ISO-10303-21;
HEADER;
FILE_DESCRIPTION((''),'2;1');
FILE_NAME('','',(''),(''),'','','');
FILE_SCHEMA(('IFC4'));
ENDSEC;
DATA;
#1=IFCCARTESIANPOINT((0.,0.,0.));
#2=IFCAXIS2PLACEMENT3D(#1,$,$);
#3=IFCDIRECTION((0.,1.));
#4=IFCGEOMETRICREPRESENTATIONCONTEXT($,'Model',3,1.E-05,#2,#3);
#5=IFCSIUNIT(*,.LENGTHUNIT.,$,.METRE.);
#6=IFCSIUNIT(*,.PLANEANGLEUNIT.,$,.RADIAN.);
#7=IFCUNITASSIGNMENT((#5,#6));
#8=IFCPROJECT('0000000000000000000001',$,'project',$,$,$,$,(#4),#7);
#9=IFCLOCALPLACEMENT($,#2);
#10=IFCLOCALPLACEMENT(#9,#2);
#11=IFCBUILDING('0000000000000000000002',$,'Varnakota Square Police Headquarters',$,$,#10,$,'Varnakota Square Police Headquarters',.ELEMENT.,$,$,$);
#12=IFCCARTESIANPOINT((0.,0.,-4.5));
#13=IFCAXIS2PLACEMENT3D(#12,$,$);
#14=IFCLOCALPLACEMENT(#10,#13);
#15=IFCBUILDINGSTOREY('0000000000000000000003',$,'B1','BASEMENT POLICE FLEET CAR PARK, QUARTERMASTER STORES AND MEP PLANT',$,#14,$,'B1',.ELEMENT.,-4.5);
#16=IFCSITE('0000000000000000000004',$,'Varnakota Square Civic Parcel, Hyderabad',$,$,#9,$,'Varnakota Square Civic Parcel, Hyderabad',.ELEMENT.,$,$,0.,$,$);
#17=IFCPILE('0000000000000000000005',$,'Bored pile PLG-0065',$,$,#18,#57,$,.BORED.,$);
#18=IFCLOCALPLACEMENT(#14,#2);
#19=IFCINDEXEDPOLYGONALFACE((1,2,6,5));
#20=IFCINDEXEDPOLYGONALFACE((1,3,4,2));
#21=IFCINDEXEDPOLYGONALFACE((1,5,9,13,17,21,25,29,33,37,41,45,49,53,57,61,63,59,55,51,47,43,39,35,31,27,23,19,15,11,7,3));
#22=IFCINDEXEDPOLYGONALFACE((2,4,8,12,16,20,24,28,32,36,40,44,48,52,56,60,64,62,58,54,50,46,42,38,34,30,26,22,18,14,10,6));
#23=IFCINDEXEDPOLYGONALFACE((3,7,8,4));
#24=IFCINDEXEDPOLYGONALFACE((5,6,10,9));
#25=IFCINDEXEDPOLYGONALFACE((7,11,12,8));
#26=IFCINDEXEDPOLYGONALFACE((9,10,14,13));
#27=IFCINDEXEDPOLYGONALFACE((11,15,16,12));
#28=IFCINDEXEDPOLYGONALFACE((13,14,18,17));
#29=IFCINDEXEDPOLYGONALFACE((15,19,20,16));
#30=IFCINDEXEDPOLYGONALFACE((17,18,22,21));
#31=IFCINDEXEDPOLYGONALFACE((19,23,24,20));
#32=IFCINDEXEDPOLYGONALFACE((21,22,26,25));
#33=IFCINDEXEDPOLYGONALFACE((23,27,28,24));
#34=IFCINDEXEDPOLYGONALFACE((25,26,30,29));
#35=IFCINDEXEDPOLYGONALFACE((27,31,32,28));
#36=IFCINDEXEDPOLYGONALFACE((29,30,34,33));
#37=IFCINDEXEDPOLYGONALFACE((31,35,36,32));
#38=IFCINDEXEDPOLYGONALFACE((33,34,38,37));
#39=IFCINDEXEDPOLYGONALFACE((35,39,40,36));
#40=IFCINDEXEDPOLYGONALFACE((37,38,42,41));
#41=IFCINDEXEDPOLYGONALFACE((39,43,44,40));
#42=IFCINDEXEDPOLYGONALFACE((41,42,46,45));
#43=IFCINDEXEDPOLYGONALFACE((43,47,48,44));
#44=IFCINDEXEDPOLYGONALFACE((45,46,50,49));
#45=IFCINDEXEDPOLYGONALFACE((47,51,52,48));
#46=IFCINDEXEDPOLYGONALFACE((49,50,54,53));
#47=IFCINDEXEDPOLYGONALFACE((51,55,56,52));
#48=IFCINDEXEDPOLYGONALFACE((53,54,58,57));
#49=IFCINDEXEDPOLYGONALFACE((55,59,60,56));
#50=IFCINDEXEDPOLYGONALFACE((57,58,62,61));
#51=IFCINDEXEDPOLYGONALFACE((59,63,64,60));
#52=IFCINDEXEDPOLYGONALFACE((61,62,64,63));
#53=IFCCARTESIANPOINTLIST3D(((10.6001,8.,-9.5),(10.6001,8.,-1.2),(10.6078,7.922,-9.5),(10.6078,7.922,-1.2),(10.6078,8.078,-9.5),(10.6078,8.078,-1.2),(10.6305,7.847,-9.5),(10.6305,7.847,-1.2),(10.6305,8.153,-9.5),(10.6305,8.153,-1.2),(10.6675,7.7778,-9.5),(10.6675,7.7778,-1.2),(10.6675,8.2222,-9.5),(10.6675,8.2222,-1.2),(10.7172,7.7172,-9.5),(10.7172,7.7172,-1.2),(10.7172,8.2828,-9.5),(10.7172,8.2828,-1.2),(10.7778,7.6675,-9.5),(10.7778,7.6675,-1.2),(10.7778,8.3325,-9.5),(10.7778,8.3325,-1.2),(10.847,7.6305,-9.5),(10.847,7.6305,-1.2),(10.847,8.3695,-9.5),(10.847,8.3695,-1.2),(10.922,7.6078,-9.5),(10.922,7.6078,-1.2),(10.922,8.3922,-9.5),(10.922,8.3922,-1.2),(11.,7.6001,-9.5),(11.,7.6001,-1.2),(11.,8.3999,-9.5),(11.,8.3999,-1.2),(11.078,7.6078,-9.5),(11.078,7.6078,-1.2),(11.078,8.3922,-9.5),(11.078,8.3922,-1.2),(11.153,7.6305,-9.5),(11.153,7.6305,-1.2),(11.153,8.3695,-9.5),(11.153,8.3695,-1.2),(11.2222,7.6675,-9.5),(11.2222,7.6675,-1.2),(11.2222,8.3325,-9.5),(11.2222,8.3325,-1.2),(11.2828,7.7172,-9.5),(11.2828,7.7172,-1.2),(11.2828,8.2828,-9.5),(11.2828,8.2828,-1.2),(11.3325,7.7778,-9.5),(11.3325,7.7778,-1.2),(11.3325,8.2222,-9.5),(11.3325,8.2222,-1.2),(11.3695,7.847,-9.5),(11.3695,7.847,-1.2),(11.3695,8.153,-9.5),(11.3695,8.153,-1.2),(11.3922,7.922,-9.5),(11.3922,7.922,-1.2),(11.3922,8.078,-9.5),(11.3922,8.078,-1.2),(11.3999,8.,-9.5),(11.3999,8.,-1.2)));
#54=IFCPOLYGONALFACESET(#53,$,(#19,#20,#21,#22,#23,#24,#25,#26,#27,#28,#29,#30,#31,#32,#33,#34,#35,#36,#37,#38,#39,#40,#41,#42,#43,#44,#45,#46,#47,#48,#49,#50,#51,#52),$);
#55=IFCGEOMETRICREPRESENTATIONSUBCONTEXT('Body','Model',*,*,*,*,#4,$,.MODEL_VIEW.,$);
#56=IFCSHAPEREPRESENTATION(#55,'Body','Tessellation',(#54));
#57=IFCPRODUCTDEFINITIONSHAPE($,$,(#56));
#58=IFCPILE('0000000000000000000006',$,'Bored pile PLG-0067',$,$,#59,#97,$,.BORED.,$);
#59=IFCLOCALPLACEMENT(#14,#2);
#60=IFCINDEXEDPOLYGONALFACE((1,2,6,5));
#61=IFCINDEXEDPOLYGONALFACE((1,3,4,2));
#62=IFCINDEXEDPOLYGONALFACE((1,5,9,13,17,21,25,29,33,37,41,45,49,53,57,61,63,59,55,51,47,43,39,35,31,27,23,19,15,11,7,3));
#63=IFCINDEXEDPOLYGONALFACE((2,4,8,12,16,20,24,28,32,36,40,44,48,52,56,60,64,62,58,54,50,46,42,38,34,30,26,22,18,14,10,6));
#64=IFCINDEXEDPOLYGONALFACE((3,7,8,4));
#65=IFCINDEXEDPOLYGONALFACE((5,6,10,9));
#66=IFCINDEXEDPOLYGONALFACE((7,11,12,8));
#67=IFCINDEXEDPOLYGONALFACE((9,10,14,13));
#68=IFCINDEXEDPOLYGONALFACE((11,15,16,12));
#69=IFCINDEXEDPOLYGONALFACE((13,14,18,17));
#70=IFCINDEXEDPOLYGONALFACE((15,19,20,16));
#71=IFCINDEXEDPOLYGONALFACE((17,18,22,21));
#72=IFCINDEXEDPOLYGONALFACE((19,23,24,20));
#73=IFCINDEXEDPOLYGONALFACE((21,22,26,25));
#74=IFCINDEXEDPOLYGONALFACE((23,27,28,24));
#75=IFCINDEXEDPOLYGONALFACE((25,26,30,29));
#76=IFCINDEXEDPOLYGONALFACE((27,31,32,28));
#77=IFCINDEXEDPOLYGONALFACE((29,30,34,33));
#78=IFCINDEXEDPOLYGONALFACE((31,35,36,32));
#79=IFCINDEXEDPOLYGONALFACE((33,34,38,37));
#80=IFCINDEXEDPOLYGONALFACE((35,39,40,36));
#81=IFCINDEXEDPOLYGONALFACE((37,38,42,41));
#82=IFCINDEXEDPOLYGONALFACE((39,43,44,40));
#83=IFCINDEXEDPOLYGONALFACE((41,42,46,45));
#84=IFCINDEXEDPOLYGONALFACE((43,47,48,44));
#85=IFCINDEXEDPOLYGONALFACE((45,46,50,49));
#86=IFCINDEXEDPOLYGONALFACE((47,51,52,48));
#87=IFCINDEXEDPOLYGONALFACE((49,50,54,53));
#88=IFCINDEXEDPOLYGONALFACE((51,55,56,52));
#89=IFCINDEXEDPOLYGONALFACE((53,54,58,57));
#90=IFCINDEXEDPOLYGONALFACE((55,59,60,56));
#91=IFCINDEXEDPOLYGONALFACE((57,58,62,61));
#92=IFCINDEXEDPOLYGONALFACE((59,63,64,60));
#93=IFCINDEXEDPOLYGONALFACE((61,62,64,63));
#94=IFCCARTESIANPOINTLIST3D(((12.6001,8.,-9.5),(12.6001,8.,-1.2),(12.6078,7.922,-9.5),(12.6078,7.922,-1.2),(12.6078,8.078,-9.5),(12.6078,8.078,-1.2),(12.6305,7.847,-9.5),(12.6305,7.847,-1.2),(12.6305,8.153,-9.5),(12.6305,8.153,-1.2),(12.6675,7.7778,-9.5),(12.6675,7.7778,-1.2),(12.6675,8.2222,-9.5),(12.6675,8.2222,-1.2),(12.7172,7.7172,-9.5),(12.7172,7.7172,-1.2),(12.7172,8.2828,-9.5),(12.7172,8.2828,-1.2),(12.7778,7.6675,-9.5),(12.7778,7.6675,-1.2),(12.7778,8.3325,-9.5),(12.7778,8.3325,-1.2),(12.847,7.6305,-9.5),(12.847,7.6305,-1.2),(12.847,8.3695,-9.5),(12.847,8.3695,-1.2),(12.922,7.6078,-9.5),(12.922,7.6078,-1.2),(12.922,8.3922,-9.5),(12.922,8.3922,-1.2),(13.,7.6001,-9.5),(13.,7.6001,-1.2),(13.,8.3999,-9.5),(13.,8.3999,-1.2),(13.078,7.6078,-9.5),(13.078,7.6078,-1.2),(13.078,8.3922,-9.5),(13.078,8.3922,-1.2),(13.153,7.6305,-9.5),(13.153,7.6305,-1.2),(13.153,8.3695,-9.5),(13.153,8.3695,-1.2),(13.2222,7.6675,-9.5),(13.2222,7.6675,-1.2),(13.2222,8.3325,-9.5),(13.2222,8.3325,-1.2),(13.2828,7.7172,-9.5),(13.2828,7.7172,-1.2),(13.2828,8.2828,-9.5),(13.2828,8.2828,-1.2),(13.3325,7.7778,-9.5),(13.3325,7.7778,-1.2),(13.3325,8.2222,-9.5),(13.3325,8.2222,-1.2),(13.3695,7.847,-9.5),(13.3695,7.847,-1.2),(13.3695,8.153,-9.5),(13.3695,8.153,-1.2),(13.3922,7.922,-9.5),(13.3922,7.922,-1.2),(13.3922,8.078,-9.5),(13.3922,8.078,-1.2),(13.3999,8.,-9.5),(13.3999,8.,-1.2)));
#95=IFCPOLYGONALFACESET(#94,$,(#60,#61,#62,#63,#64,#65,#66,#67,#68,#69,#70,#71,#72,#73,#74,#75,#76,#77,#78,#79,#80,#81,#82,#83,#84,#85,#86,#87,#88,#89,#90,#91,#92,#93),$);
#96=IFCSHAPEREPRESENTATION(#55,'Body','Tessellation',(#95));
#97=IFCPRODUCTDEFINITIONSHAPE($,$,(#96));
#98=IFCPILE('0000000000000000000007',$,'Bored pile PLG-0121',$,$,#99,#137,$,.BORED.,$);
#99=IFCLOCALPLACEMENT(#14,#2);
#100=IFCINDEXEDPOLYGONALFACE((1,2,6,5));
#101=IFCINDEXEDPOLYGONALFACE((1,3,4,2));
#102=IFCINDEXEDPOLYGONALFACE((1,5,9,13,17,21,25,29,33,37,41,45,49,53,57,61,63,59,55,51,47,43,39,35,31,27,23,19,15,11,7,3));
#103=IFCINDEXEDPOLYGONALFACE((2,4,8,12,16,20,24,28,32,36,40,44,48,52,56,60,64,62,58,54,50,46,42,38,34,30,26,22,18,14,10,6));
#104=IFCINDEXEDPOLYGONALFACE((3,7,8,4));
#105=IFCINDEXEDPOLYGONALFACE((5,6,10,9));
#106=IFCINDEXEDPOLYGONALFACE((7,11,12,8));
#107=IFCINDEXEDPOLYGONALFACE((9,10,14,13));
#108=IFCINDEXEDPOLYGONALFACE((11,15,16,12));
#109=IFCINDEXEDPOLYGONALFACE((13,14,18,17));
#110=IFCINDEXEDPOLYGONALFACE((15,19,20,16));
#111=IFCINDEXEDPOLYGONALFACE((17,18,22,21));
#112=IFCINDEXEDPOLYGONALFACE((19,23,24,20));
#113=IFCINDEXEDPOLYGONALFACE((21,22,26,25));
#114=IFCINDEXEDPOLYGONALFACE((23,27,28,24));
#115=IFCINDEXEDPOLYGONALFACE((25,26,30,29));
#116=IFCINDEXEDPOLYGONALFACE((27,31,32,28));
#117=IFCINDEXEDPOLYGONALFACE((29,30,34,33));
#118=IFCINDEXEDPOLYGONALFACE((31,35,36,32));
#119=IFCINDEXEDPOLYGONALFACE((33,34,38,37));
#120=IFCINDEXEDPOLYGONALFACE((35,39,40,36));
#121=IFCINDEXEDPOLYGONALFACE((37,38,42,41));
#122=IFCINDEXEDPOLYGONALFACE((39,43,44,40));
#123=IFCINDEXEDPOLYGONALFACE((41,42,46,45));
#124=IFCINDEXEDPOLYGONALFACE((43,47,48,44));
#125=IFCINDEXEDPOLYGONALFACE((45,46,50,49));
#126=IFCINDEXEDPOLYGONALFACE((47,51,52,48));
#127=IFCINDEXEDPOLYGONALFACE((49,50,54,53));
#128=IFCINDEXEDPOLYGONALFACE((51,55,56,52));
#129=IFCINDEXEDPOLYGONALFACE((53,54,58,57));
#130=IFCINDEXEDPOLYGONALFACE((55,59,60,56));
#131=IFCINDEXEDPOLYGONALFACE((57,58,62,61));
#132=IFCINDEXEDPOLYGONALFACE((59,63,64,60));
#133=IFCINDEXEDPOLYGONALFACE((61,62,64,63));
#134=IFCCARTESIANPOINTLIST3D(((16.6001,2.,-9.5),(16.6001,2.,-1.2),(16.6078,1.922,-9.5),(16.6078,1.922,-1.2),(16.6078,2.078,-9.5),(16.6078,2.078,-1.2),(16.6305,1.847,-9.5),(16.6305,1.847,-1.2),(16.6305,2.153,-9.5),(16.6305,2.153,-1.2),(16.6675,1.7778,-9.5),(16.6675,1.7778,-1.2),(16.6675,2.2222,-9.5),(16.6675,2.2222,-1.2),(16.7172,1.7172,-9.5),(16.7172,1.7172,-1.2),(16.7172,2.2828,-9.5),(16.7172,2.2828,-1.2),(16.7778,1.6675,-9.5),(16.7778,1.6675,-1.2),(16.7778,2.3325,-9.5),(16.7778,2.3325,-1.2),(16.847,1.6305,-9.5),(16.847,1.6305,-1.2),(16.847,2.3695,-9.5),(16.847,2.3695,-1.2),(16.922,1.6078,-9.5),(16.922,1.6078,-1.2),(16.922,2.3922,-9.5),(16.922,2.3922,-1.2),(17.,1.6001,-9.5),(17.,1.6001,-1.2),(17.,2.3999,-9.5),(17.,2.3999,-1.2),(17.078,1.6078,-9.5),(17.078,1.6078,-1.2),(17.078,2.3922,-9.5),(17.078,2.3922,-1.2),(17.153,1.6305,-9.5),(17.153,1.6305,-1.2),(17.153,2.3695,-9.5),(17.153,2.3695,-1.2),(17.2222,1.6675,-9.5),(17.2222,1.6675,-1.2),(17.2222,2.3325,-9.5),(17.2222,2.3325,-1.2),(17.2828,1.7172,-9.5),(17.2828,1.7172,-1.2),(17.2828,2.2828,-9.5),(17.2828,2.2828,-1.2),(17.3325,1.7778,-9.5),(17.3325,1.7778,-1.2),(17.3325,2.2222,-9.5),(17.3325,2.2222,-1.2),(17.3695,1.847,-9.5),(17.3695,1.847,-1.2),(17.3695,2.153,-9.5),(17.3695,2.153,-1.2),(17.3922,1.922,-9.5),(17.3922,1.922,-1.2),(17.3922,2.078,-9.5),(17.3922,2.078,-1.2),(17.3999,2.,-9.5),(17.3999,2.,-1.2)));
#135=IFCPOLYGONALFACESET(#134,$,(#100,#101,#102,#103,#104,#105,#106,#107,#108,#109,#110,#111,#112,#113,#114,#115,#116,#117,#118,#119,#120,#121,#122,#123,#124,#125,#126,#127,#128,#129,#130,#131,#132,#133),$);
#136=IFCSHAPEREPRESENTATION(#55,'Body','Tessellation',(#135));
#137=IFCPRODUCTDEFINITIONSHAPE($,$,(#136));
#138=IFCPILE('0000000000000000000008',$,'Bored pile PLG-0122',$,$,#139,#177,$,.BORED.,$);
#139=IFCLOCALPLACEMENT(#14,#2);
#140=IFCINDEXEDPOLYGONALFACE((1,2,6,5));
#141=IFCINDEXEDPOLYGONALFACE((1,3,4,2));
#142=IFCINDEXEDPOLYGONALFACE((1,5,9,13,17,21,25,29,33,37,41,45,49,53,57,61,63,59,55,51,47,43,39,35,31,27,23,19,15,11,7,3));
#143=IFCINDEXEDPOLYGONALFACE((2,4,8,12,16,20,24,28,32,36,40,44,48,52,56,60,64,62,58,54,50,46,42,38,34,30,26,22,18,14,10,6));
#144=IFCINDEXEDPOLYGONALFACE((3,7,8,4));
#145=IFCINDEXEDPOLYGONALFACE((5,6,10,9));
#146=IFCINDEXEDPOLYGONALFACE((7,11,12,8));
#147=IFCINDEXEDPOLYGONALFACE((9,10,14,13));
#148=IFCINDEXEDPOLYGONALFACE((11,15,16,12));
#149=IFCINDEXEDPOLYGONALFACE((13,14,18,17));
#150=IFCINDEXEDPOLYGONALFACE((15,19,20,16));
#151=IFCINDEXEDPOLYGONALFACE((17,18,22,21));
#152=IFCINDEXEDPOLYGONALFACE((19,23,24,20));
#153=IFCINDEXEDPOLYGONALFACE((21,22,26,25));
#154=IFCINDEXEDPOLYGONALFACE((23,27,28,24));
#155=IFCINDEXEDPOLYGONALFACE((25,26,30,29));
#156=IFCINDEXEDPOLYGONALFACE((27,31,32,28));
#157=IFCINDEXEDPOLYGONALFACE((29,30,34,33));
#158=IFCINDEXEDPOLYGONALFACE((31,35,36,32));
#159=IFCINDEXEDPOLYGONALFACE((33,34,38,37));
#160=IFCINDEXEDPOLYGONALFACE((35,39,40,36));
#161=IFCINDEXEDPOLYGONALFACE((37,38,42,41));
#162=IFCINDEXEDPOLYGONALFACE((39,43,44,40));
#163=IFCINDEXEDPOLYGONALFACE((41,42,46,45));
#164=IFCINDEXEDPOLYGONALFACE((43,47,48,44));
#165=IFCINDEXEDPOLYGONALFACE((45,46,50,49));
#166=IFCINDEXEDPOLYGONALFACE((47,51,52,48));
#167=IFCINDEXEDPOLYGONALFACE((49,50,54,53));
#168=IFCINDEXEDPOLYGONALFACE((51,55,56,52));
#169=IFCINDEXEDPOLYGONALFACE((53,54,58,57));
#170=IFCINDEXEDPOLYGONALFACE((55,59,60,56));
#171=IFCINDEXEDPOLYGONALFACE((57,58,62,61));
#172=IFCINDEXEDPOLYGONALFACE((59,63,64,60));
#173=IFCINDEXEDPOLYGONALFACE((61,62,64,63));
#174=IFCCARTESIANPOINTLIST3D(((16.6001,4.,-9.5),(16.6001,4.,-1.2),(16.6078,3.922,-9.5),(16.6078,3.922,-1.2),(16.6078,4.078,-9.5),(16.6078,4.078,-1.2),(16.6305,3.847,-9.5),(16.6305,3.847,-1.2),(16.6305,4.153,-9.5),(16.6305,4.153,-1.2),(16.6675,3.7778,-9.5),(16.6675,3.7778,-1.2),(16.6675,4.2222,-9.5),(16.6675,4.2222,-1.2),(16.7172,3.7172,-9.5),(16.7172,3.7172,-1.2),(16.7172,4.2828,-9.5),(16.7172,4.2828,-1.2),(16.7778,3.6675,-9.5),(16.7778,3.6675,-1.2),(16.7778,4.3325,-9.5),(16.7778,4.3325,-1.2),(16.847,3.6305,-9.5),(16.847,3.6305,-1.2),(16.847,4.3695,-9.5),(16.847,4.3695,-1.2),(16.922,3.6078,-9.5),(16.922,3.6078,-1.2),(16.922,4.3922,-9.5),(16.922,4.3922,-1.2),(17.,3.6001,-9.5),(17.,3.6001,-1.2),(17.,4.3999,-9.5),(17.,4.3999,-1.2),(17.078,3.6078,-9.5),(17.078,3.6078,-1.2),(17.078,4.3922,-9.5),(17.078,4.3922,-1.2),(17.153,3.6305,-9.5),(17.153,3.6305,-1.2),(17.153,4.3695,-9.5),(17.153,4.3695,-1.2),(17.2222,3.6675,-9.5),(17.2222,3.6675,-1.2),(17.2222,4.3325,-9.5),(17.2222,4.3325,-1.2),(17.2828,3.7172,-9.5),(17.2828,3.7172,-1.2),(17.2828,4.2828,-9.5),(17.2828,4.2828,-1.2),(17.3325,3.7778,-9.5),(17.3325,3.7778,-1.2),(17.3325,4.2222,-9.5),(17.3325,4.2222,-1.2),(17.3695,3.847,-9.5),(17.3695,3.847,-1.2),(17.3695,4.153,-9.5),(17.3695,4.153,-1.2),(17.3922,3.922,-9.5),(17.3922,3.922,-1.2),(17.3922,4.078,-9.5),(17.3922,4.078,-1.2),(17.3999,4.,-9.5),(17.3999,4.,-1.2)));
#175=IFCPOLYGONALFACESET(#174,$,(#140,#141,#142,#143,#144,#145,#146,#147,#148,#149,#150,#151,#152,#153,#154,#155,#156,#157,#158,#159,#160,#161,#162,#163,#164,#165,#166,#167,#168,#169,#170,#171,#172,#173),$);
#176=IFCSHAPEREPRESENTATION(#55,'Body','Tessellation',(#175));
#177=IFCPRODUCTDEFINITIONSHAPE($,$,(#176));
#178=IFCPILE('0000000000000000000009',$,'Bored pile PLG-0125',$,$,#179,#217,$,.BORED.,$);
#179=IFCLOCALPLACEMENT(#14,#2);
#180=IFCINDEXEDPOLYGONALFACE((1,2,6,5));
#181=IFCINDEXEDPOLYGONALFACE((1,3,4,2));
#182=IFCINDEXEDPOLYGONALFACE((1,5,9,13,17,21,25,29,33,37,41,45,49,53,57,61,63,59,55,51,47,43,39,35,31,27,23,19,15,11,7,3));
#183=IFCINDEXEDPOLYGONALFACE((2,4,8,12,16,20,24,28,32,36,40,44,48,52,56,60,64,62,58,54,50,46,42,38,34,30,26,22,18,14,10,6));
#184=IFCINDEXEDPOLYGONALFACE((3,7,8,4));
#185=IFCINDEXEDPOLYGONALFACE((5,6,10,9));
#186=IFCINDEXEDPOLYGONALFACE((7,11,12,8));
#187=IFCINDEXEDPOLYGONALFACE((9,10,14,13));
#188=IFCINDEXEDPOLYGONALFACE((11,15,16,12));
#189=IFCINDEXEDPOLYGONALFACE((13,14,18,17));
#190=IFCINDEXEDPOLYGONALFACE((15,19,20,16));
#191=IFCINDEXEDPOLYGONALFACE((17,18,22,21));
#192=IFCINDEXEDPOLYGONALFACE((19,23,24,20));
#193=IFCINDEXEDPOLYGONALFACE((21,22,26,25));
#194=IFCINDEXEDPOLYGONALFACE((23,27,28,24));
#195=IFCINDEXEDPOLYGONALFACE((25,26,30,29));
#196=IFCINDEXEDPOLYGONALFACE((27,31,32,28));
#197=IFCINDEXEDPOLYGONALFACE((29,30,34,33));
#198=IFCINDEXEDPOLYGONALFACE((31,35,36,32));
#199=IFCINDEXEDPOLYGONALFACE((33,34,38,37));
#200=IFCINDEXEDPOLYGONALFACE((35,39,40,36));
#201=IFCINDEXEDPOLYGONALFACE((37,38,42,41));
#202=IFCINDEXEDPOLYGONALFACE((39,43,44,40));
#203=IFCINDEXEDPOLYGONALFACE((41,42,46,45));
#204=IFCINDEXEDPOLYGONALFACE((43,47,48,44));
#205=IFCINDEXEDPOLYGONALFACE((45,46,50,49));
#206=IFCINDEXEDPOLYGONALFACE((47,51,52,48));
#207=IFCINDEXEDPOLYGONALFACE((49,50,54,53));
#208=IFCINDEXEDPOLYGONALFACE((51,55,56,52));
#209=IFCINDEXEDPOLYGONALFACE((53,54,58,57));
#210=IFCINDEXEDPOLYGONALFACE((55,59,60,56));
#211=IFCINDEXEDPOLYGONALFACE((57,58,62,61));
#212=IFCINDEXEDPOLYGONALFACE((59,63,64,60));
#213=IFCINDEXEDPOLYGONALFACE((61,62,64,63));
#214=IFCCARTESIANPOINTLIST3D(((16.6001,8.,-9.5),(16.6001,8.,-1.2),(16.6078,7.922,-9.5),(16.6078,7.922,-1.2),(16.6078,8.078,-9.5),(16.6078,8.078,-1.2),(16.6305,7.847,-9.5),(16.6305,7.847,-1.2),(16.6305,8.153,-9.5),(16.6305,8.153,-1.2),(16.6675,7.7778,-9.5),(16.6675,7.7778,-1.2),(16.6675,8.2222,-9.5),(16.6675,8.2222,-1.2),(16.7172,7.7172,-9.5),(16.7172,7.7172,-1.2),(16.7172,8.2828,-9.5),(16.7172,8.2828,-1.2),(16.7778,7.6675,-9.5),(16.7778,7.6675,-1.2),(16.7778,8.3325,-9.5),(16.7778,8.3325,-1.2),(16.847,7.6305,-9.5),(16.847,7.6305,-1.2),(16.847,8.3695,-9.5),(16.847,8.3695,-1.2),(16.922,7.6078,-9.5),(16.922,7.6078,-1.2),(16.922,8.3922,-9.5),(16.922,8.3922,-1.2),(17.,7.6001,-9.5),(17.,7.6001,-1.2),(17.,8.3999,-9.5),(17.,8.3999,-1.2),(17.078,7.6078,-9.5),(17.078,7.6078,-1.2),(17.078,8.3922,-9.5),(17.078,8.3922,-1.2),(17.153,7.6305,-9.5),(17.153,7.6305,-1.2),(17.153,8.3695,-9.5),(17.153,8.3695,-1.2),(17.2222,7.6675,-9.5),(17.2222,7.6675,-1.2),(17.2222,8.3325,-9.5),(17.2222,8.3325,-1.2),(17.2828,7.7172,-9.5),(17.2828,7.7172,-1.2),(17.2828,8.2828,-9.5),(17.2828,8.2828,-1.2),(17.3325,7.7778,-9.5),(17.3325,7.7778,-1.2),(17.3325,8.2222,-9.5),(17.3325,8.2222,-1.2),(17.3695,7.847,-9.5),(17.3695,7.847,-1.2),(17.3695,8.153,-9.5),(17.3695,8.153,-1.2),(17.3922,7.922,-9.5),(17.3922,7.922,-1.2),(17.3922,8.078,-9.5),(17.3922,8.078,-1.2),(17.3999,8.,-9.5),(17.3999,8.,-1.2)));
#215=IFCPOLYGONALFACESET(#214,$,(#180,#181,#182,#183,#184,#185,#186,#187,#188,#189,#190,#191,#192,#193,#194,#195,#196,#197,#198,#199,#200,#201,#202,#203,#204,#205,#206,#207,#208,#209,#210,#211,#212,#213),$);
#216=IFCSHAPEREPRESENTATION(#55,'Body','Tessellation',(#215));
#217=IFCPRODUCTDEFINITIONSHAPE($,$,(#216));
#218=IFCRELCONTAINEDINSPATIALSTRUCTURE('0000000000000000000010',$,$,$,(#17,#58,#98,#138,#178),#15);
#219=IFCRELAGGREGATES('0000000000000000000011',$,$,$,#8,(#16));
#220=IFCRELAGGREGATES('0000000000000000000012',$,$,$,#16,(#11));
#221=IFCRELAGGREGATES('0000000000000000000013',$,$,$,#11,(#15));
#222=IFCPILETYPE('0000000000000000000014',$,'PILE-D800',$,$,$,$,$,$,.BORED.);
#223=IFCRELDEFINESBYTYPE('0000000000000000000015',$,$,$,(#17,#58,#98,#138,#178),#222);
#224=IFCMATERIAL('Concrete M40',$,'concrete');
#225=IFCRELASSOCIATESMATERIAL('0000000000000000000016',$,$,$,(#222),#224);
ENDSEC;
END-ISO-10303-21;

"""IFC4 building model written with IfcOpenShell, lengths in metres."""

from ifc_helpers import new_model, si_unit, direction, frame, origin, origin_2d, place, context, subcontext, project, spatial, circle, extrude, material, material_profile, profile_set, type_object, element, save


model = new_model("IFC4")

# Units and contexts
model_context = context("Model", 3, precision=1e-05, world=origin(), true_north=direction((0.0, 1.0)))
body_context = subcontext(model_context, "Body", "Model", "MODEL_VIEW")
ifc_project = project(units=[si_unit("LENGTHUNIT", "METRE"), si_unit("PLANEANGLEUNIT", "RADIAN")], contexts=[model_context])

# Site, building, storey
site_placement = place(None, origin())
site = spatial("IfcSite", under=ifc_project, at=site_placement, Name="Varnakota Square Civic Parcel, Hyderabad", LongName="Varnakota Square Civic Parcel, Hyderabad", CompositionType="ELEMENT", RefElevation=0.0)
building_placement = place(site_placement, origin())
building = spatial("IfcBuilding", under=site, at=building_placement, Name="Varnakota Square Police Headquarters", LongName="Varnakota Square Police Headquarters", CompositionType="ELEMENT")
storey_placement = place(building_placement, frame((0.0, 0.0, -4.5)))
storey = spatial("IfcBuildingStorey", under=building, at=storey_placement, Name="B1", Description="BASEMENT POLICE FLEET CAR PARK, QUARTERMASTER STORES AND MEP PLANT", LongName="B1", CompositionType="ELEMENT", Elevation=-4.5)

# Shared definitions
ifc_material_1 = material(Name="Concrete M40", Category="concrete")

# Piles
ifc_material_profile_1 = material_profile(ifc_material_1, circle(Radius=0.3999, at=origin_2d()), Name="BORED PILE 800")
ifc_profile_set_1 = profile_set([ifc_material_profile_1], Name="Concrete M40")
pile_type = type_object("IfcPileType", Name="PILE-D800", PredefinedType="BORED", material=ifc_profile_set_1)
for number, where, z_axis, x_axis, name in (
    (1, (11.0, 8.0, -1.2), (0.0, 0.0, -1.0), (1.0, 0.0, 0.0), "Bored pile PLG-0065"),
    (2, (13.0, 8.0, -1.2), (0.0, 0.0, -1.0), (1.0, 0.0, 0.0), "Bored pile PLG-0067"),
    (3, (17.0, 2.0, -1.2), (0.0, 0.0, -1.0), (1.0, 0.0, 0.0), "Bored pile PLG-0121"),
    (4, (17.0, 4.0, -1.2), (0.0, 0.0, -1.0), (1.0, 0.0, 0.0), "Bored pile PLG-0122"),
    (5, (17.0, 8.0, -1.2), (0.0, 0.0, -1.0), (1.0, 0.0, 0.0), "Bored pile PLG-0125"),
):
    element("IfcPile", number, at=place(storey_placement, frame(where, z_axis=z_axis, x_axis=x_axis)), inside=storey, type_object=pile_type, Name=name, PredefinedType="BORED", context=body_context, shape_type="SweptSolid", body=[
        extrude(circle(Radius=0.3999, at=origin_2d()), origin(), (0.0, 0.0, 1.0), 8.3),
    ])

save(model, "model.ifc")
